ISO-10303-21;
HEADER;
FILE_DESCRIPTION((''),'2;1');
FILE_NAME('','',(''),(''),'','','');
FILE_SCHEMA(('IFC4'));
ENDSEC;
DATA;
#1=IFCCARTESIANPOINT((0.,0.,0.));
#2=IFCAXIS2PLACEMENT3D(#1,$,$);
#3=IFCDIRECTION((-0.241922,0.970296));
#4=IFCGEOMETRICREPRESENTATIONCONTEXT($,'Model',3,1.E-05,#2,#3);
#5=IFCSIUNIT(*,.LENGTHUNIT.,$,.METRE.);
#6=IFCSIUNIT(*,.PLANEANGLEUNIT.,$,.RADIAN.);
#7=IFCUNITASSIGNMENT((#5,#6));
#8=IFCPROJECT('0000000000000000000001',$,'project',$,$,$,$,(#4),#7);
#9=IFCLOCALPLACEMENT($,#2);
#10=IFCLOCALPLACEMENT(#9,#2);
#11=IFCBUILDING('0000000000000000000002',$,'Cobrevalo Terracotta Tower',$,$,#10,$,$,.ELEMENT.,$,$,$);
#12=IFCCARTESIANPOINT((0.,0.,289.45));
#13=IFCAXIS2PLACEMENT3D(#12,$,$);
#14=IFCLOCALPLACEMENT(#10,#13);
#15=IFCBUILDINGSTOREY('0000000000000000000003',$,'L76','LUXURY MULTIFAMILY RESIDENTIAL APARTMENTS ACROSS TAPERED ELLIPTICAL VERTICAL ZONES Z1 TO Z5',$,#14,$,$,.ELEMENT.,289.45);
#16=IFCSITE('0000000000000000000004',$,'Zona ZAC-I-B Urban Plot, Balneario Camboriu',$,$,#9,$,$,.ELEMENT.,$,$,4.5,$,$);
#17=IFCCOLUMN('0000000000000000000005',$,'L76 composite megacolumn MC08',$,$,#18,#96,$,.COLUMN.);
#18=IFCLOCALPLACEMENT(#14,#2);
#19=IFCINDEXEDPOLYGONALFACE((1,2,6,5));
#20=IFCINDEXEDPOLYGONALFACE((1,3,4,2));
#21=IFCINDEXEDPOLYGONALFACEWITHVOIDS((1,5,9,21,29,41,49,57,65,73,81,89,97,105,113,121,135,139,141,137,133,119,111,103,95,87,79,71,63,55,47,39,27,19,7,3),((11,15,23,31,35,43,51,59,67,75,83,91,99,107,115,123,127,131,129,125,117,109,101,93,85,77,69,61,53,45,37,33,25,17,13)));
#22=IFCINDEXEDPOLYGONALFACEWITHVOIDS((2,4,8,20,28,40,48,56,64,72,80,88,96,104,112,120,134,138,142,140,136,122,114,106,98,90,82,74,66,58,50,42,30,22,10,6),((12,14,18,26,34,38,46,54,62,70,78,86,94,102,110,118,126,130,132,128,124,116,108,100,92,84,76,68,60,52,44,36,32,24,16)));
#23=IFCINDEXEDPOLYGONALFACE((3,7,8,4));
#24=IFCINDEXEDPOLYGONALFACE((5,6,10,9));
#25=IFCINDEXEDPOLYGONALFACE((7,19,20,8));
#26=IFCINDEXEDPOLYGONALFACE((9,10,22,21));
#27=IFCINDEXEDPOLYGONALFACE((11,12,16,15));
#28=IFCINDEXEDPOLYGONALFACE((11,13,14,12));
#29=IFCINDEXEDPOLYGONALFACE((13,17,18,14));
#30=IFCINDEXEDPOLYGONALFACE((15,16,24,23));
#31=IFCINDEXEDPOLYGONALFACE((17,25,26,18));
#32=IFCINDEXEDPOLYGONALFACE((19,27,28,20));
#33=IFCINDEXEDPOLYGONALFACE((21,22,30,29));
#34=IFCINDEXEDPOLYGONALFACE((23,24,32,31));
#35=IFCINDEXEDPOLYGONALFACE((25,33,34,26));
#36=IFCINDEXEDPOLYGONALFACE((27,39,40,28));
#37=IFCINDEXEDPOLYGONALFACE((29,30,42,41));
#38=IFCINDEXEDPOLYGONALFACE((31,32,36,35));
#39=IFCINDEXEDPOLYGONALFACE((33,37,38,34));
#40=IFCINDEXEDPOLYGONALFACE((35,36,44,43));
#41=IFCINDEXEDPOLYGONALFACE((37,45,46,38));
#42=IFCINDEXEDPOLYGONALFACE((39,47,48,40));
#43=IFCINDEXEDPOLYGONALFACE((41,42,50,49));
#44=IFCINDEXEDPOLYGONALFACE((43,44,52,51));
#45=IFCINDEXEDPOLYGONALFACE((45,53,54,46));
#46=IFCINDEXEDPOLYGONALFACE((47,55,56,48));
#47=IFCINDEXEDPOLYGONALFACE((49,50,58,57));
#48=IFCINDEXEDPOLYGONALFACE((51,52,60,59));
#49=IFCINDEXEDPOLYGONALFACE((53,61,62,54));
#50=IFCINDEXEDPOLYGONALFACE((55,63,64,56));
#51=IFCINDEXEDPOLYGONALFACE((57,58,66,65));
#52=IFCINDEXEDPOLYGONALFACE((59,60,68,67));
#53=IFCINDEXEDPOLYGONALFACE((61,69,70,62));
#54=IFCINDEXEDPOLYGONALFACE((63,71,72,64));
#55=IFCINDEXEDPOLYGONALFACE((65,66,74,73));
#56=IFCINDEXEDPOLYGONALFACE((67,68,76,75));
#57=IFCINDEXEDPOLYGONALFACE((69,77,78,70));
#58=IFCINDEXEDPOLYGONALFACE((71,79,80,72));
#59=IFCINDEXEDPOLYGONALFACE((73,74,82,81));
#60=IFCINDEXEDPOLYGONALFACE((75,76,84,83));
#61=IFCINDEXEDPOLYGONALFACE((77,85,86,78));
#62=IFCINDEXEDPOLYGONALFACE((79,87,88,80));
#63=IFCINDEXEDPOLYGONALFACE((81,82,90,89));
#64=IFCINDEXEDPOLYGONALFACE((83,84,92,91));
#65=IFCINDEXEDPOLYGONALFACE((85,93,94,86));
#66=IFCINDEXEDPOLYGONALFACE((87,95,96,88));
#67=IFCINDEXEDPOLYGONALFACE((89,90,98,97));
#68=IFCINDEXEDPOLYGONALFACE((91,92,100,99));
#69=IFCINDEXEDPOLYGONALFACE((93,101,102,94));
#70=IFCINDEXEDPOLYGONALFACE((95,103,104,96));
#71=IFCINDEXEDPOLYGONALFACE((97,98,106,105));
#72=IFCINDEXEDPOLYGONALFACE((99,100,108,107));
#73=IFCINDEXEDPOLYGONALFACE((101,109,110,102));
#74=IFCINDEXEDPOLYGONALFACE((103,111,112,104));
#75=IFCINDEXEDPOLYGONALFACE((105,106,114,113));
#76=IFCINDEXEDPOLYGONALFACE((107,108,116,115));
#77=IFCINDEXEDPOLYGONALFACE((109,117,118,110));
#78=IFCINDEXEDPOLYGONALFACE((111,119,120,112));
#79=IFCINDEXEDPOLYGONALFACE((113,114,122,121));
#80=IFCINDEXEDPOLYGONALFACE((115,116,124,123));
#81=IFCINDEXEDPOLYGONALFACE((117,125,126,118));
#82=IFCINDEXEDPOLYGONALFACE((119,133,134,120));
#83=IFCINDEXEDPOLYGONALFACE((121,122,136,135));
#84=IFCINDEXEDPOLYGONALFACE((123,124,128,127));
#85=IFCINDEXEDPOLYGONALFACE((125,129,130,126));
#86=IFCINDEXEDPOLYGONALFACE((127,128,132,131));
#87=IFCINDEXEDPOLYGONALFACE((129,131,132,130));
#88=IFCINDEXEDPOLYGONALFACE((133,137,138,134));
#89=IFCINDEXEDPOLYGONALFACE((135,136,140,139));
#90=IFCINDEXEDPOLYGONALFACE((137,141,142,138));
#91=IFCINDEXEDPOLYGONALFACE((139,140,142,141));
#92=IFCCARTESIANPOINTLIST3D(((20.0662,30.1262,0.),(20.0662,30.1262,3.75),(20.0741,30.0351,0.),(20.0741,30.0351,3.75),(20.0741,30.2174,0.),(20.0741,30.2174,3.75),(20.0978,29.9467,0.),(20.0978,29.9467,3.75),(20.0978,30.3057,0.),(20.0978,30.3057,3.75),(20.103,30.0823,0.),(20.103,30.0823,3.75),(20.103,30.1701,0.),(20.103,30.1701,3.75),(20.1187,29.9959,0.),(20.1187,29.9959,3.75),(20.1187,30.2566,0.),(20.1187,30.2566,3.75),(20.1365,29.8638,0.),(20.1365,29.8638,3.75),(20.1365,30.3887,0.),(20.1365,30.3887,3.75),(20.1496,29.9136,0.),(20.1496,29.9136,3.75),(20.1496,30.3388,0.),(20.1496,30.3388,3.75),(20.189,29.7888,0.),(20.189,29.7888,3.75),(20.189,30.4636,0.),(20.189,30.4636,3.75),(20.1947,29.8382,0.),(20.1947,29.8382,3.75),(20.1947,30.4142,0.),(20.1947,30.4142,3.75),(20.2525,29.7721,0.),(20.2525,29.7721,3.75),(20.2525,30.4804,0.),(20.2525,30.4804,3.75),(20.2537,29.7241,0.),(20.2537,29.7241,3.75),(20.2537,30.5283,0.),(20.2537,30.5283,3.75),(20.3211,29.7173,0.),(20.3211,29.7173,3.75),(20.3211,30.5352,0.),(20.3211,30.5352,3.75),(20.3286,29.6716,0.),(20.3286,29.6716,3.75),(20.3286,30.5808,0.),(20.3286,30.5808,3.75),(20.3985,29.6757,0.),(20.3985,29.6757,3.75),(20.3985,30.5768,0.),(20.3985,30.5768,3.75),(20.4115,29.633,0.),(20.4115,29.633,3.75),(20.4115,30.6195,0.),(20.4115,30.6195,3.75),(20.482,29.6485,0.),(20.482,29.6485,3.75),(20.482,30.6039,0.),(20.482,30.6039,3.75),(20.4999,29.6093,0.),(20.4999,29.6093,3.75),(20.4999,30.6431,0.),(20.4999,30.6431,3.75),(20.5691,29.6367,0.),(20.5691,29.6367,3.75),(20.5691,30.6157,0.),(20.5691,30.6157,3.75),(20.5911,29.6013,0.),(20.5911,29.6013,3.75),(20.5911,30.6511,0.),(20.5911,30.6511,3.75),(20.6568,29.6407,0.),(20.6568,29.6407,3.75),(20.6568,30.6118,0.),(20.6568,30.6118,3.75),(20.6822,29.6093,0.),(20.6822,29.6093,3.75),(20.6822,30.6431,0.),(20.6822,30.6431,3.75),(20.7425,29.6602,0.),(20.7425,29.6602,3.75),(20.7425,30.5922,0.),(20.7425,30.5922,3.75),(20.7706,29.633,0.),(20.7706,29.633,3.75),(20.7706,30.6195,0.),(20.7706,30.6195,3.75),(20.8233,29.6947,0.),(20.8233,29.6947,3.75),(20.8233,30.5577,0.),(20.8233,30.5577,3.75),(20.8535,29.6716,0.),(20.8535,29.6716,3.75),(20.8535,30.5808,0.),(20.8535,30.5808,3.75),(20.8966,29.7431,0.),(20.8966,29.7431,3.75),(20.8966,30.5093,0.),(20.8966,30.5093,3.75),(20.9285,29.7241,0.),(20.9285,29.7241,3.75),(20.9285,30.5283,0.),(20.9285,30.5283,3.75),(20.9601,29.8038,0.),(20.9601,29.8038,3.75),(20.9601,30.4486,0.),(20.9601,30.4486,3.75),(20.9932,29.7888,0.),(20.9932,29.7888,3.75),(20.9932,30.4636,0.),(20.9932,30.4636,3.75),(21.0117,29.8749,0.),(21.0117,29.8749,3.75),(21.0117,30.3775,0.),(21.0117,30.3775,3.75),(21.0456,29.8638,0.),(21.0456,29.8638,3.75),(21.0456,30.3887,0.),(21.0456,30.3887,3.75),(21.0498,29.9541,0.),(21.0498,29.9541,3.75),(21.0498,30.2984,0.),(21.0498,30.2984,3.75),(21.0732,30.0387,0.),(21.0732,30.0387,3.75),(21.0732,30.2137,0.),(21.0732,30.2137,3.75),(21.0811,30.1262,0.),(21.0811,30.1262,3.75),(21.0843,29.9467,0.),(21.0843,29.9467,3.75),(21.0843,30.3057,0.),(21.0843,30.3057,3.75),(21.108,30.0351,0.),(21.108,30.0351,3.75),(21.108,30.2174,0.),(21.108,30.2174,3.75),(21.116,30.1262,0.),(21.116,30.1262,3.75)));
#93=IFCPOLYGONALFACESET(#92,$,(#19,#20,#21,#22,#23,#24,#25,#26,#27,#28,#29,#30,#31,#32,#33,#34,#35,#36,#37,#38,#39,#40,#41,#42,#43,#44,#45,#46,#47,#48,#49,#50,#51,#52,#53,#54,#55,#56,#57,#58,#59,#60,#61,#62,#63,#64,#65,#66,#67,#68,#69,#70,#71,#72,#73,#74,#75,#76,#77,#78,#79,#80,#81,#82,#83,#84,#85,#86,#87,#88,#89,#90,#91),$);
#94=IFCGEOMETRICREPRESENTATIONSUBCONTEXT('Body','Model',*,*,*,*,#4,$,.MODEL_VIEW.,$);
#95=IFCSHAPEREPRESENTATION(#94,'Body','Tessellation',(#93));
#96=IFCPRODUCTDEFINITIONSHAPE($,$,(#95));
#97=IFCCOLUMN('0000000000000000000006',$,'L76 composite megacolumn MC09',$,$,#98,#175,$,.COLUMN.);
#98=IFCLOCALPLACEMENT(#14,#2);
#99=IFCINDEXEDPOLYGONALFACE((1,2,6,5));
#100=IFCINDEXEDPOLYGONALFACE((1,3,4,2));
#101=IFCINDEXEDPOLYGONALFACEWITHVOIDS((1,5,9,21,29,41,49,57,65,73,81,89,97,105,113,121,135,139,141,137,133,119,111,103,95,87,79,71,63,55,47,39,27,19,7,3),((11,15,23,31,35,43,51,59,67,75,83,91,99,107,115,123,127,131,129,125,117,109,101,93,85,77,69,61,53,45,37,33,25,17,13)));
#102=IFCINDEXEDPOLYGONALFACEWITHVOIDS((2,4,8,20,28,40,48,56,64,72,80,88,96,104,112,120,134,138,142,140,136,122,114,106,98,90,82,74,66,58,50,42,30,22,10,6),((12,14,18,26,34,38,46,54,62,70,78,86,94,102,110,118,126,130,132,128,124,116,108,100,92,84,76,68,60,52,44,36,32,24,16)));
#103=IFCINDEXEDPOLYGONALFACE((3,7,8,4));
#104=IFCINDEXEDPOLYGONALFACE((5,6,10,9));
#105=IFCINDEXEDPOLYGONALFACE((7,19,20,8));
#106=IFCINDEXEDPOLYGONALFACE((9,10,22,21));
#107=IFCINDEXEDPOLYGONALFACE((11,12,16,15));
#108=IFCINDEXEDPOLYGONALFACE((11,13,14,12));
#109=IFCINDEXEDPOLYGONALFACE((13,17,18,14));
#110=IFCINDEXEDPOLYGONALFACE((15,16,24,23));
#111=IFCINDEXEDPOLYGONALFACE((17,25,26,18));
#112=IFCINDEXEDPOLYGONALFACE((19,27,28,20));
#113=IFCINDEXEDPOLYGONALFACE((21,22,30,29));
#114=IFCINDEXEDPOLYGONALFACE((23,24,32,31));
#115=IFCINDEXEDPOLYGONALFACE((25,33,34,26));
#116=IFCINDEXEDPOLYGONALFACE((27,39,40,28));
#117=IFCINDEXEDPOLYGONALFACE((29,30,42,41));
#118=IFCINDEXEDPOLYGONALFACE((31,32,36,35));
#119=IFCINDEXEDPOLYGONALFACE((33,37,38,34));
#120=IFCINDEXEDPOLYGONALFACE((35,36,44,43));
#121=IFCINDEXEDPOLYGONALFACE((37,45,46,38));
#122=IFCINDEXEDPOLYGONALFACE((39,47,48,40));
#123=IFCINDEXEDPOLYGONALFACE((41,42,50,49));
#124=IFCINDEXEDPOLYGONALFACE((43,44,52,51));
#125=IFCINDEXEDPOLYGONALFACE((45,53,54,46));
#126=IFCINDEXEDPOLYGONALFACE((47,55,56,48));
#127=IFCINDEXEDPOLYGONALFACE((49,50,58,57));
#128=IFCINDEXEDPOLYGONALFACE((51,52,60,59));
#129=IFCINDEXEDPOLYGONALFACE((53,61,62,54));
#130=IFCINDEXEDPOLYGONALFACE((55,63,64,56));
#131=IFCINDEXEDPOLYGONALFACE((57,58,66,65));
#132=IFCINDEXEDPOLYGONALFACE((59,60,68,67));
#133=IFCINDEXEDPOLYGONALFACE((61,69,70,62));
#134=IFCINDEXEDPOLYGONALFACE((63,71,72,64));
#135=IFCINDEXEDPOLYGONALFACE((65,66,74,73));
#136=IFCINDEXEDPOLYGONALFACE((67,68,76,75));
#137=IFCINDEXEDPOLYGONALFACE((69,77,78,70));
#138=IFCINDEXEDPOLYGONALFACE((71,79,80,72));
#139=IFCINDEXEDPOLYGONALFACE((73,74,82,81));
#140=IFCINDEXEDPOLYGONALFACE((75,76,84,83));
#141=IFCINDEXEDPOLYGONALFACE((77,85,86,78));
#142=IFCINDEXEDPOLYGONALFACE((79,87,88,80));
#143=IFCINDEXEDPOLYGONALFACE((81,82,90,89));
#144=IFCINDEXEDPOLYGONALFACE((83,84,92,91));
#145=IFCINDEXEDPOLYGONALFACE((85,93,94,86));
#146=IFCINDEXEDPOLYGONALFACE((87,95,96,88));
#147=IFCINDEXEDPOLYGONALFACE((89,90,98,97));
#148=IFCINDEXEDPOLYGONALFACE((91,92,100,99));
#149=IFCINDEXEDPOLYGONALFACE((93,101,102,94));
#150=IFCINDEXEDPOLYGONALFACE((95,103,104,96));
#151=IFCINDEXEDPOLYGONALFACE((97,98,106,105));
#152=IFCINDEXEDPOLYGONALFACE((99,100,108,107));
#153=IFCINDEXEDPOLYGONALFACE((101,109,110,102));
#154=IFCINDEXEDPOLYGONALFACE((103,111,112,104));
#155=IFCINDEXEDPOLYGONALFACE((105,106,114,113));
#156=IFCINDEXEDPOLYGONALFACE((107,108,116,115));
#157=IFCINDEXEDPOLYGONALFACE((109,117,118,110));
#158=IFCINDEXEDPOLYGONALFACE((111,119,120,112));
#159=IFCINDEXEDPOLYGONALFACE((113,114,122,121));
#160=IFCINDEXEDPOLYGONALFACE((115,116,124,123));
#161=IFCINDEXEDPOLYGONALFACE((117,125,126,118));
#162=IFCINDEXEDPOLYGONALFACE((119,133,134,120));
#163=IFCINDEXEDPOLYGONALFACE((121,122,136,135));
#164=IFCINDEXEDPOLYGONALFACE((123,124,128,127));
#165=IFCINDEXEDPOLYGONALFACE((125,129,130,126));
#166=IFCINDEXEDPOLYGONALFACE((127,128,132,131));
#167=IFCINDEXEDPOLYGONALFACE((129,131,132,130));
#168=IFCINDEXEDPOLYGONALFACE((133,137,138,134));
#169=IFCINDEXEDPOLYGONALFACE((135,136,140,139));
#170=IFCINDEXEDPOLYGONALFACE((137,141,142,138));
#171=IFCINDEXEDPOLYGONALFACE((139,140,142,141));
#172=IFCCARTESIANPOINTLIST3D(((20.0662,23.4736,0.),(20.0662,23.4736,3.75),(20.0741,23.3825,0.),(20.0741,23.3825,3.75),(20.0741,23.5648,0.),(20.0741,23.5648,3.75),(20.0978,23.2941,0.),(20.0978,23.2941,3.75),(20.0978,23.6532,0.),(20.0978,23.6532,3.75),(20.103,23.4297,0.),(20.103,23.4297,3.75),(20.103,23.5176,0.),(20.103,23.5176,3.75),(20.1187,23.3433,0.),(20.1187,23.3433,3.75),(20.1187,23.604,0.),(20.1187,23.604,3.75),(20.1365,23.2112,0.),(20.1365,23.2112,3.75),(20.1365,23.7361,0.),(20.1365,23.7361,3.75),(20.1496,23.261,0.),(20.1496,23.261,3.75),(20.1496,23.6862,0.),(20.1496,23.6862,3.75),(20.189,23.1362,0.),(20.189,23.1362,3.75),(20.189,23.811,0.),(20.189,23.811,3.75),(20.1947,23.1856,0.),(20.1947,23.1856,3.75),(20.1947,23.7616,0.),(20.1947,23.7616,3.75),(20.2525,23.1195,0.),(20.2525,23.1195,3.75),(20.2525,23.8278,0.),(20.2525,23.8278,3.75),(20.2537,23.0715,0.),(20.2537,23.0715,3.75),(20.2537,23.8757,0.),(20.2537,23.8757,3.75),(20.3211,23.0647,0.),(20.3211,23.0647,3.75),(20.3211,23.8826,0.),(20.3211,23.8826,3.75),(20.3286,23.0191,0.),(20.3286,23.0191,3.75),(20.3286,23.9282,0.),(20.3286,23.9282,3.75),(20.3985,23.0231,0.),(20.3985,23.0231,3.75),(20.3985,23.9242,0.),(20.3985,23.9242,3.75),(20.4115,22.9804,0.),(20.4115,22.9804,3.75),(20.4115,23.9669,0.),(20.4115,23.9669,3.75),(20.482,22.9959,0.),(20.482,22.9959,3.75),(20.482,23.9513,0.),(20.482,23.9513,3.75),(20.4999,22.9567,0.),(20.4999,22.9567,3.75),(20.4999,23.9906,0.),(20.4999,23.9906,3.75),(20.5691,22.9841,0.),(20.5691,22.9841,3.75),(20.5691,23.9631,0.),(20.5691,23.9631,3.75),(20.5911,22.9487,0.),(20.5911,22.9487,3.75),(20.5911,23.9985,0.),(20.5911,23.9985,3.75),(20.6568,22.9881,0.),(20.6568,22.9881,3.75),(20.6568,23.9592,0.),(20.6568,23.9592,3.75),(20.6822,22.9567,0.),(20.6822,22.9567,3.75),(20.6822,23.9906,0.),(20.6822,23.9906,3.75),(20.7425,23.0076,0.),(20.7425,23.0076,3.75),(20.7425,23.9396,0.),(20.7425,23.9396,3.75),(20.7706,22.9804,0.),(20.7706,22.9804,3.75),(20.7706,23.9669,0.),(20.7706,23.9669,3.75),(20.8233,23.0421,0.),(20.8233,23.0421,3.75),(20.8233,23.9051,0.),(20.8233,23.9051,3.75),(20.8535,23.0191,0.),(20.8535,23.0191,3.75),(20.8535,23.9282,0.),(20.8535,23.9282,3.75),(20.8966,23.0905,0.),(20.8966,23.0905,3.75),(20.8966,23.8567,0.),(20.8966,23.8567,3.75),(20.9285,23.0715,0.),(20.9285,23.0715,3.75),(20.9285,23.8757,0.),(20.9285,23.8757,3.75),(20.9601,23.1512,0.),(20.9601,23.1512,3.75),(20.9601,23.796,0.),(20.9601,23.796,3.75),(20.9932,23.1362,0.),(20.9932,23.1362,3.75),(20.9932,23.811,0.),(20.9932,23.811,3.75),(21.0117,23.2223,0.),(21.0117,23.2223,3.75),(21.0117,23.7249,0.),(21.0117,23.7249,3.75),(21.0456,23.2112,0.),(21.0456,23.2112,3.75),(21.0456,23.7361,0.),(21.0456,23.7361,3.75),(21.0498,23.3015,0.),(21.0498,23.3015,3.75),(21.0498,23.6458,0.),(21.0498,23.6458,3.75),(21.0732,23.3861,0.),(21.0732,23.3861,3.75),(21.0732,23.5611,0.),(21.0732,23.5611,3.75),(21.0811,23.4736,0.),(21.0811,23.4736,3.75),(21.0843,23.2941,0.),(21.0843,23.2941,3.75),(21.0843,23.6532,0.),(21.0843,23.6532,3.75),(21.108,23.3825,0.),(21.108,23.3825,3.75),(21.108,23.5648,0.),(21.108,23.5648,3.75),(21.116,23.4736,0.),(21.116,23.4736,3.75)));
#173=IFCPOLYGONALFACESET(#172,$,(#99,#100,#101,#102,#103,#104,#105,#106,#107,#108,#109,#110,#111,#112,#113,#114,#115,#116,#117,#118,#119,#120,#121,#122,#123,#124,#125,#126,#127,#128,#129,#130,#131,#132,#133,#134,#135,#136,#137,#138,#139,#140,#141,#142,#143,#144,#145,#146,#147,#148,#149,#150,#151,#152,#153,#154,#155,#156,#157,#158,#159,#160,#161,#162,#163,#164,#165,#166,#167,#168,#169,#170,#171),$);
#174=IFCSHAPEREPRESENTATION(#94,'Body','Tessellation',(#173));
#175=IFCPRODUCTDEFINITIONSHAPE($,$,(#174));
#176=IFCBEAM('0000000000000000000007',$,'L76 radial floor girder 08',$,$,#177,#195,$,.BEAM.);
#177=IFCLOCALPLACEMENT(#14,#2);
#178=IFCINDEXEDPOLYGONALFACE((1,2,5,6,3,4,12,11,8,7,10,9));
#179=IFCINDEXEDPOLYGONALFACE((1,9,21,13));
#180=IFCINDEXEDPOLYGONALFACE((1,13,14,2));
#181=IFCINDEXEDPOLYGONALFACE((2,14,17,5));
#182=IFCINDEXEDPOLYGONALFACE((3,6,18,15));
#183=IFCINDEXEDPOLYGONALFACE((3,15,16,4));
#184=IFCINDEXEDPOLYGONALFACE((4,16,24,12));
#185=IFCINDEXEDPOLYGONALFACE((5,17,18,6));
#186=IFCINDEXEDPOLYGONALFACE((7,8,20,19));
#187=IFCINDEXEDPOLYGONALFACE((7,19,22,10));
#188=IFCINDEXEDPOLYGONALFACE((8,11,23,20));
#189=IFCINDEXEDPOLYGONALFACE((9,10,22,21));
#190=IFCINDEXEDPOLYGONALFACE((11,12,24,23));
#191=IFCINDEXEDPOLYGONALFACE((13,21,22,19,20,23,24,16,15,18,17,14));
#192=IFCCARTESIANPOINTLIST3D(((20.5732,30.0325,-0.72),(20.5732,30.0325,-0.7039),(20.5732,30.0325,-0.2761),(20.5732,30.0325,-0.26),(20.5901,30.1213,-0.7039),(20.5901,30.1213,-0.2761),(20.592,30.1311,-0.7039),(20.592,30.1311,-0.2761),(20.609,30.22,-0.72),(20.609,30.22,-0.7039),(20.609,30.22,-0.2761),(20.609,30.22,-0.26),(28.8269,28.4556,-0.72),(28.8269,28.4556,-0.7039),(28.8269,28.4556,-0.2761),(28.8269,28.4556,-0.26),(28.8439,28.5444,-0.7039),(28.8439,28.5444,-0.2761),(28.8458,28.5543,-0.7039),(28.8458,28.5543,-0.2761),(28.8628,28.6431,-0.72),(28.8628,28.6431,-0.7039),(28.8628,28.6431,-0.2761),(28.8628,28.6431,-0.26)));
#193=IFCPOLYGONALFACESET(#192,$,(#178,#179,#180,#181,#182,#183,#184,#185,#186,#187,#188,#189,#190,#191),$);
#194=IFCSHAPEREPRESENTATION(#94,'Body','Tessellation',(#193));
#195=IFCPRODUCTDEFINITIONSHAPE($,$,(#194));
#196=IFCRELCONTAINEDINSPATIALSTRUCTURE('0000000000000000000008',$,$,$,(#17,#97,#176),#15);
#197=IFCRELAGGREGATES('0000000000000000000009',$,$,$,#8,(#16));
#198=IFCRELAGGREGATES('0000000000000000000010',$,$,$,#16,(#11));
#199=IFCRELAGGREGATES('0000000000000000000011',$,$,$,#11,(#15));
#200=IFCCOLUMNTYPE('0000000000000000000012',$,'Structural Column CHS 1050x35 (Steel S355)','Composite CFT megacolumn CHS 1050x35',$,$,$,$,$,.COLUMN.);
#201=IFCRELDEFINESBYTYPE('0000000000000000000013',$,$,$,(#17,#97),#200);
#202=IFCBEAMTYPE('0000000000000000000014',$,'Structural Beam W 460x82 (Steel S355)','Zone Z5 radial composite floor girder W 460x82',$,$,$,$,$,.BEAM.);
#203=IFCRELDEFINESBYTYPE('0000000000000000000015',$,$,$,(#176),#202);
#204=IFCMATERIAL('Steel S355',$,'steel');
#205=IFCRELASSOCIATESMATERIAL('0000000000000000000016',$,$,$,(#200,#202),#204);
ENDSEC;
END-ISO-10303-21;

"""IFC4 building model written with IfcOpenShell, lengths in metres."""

from ifc_helpers import new_model, si_unit, direction, frame, origin, origin_2d, place, context, subcontext, project, spatial, hollow_circle, i_section, extrude, material, material_profile, profile_set, type_object, element, save


model = new_model("IFC4")

# Units and contexts
model_context = context("Model", 3, precision=1e-05, world=origin(), true_north=direction((-0.241922, 0.970296)))
body_context = subcontext(model_context, "Body", "Model", "MODEL_VIEW")
ifc_project = project(units=[si_unit("LENGTHUNIT", "METRE"), si_unit("PLANEANGLEUNIT", "RADIAN")], contexts=[model_context])

# Site, building, storey
site_placement = place(None, origin())
site = spatial("IfcSite", under=ifc_project, at=site_placement, Name="Zona ZAC-I-B Urban Plot, Balneario Camboriu", CompositionType="ELEMENT", RefElevation=4.5)
building_placement = place(site_placement, origin())
building = spatial("IfcBuilding", under=site, at=building_placement, Name="Cobrevalo Terracotta Tower", CompositionType="ELEMENT")
storey_placement = place(building_placement, frame((0.0, 0.0, 289.45)))
storey = spatial("IfcBuildingStorey", under=building, at=storey_placement, Name="L76", Description="LUXURY MULTIFAMILY RESIDENTIAL APARTMENTS ACROSS TAPERED ELLIPTICAL VERTICAL ZONES Z1 TO Z5", CompositionType="ELEMENT", Elevation=289.45)

# Columns
ifc_material_1 = material(Name="Steel S355", Category="steel")
ifc_material_profile_1 = material_profile(ifc_material_1, hollow_circle(Radius=0.5249, WallThickness=0.0349, at=origin_2d()), Name="CHS 1050x35")
ifc_profile_set_1 = profile_set([ifc_material_profile_1], Name="Steel S355")
column_type = type_object("IfcColumnType", Name="Structural Column CHS 1050x35 (Steel S355)", Description="Composite CFT megacolumn CHS 1050x35", PredefinedType="COLUMN", material=ifc_profile_set_1)
for number, where, z_axis, x_axis, name in (
    (1, (20.5911, 30.1262, 0.0), (0.0, 0.0, 1.0), (1.0, 0.0, 0.0), "L76 composite megacolumn MC08"),
    (2, (20.5911, 23.4736, 0.0), (0.0, 0.0, 1.0), (1.0, 0.0, 0.0), "L76 composite megacolumn MC09"),
):
    element("IfcColumn", number, at=place(storey_placement, frame(where, z_axis=z_axis, x_axis=x_axis)), inside=storey, type_object=column_type, Name=name, PredefinedType="COLUMN", context=body_context, shape_type="SweptSolid", body=[
        extrude(hollow_circle(Radius=0.5249, WallThickness=0.0349, at=origin_2d()), origin(), (0.0, 0.0, 1.0), 3.75),
    ])

# Beam
ifc_material_profile_2 = material_profile(ifc_material_1, i_section(OverallWidth=0.1909, OverallDepth=0.46, WebThickness=0.01, FlangeThickness=0.0161, at=origin_2d()), Name="W 460x82")
ifc_profile_set_2 = profile_set([ifc_material_profile_2], Name="Steel S355")
beam_type_1 = type_object("IfcBeamType", Name="Structural Beam W 460x82 (Steel S355)", Description="Zone Z5 radial composite floor girder W 460x82", PredefinedType="BEAM", material=ifc_profile_set_2)
beam_1_placement = place(storey_placement, frame((20.5911, 30.1262, -0.49), z_axis=(0.982235, -0.187655, 0.0), x_axis=(0.187655, 0.982235, 0.0)))
element("IfcBeam", 3, at=beam_1_placement, inside=storey, type_object=beam_type_1, Name="L76 radial floor girder 08", PredefinedType="BEAM", context=body_context, shape_type="SweptSolid", body=[
    extrude(i_section(OverallWidth=0.1909, OverallDepth=0.46, WebThickness=0.01, FlangeThickness=0.0161, at=origin_2d()), origin(), (0.0, 0.0, 1.0), 8.4031),
])

save(model, "model.ifc")
